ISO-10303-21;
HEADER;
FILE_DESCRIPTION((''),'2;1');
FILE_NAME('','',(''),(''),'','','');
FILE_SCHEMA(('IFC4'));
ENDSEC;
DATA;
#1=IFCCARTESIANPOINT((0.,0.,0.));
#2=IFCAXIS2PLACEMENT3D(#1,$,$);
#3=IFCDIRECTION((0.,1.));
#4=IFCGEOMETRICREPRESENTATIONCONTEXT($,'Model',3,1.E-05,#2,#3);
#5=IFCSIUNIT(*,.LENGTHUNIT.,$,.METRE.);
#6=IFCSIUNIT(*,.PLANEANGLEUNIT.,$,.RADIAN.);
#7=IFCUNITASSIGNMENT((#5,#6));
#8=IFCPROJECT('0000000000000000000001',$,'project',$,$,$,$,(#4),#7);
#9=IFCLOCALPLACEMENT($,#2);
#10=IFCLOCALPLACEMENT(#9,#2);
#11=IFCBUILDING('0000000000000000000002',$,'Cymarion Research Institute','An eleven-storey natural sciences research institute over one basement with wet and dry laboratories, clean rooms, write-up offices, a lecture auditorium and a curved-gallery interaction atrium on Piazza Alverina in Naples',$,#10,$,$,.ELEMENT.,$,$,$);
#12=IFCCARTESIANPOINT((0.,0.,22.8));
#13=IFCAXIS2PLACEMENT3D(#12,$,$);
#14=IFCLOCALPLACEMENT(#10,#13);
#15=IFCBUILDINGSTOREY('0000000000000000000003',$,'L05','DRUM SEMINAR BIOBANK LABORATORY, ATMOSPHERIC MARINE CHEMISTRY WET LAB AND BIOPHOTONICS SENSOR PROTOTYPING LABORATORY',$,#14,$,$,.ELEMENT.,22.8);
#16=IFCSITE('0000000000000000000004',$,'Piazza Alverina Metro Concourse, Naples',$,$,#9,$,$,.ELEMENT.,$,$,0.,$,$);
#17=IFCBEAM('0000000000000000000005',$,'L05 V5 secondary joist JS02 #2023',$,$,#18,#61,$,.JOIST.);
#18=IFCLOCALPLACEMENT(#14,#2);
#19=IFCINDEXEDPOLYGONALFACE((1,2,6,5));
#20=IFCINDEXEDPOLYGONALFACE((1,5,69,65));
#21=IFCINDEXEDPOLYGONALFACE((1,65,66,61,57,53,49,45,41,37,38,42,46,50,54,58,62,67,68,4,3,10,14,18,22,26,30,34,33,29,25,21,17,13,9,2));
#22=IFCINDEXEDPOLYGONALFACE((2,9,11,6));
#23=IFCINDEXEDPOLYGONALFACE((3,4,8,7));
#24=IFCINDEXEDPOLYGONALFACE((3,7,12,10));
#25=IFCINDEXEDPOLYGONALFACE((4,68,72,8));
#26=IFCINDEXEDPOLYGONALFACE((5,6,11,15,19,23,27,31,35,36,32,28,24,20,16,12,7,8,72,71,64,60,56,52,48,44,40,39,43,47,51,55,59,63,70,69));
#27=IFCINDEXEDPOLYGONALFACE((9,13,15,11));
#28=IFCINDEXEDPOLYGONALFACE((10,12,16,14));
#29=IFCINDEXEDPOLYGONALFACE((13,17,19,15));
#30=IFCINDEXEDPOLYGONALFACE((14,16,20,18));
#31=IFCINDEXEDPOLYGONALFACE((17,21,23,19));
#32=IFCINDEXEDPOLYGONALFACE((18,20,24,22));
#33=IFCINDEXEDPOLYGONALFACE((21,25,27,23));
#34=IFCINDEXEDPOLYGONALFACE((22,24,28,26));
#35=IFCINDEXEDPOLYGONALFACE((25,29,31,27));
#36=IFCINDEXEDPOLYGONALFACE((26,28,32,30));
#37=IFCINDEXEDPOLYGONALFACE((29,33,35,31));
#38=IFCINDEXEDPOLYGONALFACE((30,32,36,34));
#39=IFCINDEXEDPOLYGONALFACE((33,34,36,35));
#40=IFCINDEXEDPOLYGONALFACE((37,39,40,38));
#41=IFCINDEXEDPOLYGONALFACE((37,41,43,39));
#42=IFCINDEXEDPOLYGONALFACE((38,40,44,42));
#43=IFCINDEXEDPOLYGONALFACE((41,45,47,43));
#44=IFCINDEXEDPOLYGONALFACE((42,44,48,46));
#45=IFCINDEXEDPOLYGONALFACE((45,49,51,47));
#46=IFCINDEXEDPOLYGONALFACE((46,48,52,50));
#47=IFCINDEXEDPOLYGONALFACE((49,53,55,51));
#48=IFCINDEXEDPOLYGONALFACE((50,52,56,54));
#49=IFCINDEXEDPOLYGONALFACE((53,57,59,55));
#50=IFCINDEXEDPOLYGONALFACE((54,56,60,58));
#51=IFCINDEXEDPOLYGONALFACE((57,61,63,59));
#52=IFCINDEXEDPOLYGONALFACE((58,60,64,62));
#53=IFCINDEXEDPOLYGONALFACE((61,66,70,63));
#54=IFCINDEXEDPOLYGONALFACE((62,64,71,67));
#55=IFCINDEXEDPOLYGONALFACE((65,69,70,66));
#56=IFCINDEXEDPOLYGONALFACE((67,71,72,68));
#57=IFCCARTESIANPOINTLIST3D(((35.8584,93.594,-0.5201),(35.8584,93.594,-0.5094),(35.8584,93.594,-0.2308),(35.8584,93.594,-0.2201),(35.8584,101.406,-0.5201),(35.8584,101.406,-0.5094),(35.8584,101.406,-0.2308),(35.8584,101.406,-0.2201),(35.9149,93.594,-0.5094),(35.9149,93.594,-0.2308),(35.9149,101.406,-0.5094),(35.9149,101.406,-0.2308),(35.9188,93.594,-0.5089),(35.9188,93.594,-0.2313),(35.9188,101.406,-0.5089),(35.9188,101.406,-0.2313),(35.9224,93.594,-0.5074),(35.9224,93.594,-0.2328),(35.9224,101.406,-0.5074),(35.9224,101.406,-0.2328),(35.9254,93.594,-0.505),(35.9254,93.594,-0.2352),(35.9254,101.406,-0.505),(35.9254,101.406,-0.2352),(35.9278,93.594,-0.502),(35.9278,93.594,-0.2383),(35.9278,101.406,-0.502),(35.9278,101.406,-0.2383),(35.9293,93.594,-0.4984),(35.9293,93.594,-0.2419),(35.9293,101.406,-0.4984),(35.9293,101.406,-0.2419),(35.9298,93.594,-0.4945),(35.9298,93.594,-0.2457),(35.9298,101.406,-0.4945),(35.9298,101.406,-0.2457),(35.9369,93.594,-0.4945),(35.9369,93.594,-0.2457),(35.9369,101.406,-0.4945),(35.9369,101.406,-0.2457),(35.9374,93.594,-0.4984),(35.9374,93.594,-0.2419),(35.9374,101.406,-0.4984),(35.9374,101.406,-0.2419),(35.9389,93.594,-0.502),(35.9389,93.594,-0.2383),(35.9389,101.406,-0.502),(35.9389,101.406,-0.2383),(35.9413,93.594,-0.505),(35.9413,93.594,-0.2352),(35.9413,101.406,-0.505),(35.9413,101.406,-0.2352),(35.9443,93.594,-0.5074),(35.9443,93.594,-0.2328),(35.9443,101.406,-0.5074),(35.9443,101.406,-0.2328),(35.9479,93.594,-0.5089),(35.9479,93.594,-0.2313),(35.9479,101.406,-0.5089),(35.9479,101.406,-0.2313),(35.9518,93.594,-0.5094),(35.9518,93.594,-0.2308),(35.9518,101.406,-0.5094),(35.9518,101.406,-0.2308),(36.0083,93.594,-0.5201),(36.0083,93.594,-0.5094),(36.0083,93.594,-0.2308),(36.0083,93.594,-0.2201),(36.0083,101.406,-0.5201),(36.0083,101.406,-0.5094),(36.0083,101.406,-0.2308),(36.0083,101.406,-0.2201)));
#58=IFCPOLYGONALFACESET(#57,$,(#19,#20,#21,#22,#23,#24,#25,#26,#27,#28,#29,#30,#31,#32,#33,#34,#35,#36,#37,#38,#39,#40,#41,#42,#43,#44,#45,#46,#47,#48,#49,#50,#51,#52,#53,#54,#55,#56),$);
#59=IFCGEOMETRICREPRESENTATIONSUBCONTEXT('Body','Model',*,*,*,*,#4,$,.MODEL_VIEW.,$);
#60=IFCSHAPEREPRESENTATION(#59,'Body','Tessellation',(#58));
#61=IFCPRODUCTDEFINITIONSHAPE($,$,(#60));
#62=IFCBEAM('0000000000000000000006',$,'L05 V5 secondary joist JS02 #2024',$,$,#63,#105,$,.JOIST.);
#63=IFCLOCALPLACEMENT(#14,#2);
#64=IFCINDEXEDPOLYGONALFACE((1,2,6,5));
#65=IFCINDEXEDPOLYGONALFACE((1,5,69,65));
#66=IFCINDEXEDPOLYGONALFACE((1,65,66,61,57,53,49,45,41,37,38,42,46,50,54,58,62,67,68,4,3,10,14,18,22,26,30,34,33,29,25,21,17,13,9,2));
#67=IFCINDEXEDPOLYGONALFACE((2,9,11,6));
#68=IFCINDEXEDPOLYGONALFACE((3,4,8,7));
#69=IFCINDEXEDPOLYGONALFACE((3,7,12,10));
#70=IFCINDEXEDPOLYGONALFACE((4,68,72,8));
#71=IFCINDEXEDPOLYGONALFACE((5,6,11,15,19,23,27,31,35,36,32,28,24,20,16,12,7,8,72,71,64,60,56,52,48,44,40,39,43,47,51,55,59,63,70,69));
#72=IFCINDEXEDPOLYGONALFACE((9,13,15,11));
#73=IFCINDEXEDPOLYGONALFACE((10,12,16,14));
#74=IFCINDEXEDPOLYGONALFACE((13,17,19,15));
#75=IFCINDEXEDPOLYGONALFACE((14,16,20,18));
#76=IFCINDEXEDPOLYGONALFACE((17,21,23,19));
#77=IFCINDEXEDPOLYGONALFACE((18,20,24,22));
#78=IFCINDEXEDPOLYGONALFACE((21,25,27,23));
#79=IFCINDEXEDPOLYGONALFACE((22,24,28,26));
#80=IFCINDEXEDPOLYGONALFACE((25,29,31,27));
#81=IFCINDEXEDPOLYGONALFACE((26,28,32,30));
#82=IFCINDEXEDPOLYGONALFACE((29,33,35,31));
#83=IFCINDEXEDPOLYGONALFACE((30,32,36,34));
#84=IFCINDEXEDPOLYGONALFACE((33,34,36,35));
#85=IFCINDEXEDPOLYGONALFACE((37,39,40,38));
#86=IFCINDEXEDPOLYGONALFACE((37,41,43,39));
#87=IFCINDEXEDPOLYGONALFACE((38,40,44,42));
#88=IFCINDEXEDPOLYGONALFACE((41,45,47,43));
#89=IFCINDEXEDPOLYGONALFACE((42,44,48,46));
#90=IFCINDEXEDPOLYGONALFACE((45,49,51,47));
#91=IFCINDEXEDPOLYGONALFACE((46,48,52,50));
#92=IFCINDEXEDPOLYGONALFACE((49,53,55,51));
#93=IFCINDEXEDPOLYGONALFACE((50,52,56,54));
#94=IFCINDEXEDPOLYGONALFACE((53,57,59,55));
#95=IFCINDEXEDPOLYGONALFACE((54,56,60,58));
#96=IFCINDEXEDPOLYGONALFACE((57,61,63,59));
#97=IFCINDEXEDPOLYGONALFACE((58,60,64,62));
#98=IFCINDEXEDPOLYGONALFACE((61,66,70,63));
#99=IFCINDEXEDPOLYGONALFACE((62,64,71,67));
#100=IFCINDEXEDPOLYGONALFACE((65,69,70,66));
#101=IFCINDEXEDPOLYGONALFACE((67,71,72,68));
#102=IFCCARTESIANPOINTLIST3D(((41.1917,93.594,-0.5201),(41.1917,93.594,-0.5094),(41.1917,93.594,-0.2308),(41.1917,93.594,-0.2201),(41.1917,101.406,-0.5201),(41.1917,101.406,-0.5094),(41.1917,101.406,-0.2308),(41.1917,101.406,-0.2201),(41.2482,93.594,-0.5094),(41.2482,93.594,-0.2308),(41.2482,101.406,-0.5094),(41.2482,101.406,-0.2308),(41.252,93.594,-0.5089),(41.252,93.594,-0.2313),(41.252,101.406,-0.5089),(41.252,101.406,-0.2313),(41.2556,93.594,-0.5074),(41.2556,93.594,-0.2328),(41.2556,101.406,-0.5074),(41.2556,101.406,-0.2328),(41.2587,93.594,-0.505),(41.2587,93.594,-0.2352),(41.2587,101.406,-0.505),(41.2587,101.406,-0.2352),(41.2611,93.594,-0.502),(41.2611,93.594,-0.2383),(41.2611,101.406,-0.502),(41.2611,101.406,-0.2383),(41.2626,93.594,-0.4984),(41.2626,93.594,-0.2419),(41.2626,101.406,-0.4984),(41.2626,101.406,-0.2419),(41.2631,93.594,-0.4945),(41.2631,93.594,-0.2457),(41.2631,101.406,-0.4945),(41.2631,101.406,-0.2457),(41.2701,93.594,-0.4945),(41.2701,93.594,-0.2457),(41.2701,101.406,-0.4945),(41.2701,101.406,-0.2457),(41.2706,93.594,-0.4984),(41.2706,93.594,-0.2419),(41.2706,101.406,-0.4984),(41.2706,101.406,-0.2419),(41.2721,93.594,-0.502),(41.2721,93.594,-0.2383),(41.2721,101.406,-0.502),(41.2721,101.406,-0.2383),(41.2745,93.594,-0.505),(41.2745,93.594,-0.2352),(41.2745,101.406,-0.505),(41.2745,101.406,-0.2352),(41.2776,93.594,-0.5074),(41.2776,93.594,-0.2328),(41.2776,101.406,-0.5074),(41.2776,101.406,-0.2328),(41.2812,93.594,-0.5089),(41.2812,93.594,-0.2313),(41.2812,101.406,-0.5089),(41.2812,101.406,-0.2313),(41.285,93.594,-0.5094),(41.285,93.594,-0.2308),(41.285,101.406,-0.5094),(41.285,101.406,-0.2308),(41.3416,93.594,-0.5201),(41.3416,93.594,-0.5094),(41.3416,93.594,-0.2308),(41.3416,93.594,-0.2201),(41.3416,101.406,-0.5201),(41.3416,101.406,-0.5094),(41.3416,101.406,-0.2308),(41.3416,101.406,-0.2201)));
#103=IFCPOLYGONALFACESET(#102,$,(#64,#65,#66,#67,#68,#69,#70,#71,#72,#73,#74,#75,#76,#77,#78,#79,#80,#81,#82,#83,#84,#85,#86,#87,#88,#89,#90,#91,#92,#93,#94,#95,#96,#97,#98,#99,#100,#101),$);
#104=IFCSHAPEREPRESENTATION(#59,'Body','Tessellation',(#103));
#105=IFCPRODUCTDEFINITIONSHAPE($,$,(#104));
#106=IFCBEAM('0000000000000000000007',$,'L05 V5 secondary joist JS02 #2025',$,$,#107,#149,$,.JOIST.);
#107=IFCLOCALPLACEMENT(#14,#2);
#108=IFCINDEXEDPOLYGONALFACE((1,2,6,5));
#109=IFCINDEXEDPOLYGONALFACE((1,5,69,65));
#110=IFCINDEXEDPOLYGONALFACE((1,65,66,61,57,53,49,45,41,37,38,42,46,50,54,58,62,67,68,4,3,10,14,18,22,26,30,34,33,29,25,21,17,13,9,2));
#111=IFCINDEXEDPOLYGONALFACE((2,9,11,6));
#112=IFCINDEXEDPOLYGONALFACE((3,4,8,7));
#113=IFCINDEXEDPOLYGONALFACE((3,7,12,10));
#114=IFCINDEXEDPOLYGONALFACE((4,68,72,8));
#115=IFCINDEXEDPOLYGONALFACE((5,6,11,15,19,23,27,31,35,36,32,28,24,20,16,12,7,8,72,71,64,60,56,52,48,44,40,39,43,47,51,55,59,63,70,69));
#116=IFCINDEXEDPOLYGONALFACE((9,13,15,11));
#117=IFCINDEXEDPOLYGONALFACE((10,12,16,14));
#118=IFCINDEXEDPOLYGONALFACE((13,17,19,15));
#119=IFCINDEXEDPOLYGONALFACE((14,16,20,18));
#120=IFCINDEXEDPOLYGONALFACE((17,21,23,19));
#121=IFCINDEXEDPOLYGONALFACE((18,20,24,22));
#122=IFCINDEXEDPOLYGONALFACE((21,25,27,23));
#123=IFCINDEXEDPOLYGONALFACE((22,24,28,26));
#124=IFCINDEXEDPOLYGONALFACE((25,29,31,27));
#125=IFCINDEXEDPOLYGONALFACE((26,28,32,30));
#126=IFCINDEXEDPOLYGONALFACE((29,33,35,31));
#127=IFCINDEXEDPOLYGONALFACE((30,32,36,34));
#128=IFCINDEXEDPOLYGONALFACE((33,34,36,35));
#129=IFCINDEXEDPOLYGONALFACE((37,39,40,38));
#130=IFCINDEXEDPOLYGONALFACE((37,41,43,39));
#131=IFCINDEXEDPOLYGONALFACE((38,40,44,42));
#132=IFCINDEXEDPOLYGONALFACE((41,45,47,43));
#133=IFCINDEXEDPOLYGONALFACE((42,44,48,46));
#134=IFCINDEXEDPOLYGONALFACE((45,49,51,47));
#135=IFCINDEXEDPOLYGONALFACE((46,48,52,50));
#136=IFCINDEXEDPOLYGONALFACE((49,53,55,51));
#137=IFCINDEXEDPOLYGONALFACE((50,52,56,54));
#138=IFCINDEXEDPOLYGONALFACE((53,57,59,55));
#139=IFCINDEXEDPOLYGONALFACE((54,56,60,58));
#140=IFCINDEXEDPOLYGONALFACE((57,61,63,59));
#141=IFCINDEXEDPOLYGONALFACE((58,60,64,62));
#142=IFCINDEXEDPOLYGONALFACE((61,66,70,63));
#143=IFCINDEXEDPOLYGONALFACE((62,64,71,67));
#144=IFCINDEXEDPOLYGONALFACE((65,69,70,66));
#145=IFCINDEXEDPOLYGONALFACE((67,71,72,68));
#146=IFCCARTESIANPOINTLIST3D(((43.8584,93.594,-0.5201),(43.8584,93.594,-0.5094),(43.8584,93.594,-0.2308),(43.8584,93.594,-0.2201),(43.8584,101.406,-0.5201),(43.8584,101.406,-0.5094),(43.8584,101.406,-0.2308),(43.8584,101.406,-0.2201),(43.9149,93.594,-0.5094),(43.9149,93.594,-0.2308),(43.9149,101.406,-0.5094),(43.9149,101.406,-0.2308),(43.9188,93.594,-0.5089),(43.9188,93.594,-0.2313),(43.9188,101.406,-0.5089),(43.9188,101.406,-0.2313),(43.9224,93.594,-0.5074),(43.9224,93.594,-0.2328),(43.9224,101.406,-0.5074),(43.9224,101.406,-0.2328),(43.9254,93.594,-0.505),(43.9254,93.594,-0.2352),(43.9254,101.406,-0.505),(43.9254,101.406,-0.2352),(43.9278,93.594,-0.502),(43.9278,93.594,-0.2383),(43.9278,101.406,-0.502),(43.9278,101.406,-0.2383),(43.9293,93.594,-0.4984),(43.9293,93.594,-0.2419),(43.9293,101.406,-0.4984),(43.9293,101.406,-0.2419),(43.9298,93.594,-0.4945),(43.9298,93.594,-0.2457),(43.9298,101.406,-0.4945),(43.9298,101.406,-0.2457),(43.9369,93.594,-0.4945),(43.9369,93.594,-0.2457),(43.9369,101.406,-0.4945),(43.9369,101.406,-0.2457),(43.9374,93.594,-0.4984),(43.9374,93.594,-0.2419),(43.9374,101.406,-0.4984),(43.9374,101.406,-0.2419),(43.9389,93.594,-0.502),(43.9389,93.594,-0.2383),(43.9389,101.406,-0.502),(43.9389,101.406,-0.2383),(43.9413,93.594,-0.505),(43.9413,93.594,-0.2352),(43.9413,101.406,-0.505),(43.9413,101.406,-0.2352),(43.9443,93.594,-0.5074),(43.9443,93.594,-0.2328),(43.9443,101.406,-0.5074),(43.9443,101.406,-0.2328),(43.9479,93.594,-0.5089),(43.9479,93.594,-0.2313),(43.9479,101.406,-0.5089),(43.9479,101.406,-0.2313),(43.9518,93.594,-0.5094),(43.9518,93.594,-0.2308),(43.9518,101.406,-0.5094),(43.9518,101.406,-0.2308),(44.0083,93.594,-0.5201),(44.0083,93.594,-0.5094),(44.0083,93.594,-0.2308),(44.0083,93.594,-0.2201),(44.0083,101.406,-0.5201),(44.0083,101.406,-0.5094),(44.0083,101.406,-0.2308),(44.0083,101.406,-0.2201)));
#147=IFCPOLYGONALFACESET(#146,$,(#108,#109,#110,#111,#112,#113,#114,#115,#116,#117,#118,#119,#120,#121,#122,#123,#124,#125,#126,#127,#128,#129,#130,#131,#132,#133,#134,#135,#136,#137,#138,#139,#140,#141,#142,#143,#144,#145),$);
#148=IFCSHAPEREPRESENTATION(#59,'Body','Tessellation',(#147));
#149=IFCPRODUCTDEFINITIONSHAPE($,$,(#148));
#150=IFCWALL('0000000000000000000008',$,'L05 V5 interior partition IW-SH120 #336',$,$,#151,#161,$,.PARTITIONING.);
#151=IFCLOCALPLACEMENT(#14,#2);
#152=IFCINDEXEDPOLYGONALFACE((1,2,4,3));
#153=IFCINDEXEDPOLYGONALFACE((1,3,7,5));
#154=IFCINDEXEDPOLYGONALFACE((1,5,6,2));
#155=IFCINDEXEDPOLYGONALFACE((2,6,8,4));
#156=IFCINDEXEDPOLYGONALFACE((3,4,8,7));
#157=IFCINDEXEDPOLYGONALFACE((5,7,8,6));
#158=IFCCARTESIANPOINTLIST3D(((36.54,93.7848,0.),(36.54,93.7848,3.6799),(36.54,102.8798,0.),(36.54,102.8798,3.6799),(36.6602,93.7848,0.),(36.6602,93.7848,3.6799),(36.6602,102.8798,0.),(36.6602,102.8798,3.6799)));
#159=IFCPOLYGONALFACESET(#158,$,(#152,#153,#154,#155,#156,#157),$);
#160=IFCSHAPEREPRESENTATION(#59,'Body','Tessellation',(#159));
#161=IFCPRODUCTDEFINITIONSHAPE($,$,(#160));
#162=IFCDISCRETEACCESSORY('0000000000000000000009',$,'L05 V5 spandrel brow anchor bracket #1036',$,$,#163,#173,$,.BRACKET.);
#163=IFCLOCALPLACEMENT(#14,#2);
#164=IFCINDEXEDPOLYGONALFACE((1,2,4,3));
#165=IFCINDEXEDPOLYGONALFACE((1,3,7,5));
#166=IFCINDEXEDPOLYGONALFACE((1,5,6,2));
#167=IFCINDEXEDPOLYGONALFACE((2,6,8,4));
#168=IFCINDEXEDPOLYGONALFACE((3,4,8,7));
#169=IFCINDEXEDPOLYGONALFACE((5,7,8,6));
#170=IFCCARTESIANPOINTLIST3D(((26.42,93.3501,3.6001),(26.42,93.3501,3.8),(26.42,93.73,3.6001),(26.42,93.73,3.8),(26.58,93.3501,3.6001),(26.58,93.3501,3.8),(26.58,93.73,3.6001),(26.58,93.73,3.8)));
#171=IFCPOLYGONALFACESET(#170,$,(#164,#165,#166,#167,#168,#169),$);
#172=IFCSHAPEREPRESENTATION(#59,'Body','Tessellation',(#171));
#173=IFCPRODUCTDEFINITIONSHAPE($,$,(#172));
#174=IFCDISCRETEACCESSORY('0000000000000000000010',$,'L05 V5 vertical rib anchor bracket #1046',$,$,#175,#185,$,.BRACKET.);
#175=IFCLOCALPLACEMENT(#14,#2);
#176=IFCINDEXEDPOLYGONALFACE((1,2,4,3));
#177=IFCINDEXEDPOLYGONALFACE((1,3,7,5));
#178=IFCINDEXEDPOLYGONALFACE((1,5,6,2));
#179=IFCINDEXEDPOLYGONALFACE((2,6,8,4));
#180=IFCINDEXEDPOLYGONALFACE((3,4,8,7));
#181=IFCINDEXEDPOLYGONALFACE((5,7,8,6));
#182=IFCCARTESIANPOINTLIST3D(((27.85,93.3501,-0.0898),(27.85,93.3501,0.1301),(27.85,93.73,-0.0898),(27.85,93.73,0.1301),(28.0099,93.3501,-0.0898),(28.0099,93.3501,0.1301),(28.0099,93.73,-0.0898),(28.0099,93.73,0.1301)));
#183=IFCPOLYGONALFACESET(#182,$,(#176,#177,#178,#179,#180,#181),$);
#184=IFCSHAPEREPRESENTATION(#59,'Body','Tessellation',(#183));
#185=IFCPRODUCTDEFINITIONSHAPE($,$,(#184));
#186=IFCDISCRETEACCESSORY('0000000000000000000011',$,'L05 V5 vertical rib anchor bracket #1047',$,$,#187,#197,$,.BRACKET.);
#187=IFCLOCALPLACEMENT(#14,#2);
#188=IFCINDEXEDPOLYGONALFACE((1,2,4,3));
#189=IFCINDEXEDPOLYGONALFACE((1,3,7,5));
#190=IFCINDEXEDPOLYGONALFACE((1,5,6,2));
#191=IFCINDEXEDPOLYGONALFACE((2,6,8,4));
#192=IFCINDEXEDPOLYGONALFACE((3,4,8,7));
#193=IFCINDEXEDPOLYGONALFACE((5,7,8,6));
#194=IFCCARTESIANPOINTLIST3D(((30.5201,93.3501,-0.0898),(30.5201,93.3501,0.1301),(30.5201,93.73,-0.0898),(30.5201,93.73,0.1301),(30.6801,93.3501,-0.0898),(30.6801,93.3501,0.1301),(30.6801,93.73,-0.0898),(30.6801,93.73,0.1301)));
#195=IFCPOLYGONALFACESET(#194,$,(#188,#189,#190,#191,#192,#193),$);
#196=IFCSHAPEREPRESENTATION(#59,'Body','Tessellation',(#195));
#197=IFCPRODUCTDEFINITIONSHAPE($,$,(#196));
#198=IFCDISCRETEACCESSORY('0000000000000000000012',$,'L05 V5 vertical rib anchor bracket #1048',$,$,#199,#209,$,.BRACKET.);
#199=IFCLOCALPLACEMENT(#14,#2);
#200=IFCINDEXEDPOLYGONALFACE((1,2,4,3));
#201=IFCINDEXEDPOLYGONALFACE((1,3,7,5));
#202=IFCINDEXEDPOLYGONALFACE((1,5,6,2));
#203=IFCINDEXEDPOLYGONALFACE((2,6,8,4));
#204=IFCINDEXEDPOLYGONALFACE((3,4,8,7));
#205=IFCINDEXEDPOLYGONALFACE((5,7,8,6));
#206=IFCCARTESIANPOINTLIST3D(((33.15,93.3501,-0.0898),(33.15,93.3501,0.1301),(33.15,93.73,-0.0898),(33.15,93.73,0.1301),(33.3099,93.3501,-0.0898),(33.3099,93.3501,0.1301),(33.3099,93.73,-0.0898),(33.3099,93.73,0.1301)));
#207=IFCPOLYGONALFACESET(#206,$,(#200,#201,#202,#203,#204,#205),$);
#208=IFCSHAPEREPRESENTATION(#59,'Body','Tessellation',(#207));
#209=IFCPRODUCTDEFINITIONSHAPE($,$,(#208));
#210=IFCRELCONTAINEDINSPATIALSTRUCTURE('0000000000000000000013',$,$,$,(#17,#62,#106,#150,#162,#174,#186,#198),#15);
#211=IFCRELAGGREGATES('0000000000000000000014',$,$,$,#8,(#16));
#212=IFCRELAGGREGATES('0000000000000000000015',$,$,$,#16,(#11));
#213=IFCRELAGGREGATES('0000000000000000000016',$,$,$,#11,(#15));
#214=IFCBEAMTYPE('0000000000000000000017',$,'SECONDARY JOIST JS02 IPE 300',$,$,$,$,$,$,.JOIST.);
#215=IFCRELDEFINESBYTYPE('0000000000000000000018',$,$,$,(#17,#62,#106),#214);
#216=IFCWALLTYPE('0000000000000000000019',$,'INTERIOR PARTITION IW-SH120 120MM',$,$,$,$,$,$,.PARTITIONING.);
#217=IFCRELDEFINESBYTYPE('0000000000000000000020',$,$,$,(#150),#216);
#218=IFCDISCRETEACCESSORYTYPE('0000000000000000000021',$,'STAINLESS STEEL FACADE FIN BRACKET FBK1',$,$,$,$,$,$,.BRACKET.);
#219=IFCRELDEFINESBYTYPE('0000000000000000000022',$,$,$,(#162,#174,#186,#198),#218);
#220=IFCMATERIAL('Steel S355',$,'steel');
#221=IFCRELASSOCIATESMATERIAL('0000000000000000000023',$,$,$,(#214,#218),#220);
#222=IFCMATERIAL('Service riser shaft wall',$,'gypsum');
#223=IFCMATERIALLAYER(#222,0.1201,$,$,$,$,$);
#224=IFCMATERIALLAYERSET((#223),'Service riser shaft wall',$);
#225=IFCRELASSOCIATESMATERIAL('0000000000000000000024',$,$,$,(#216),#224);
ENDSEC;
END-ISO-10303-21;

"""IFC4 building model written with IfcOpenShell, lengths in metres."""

from ifc_helpers import new_model, si_unit, direction, frame, frame_2d, origin, origin_2d, place, context, subcontext, project, spatial, rectangle, i_section, extrude, material, layer, layer_set, material_profile, profile_set, type_object, element, save


model = new_model("IFC4")

# Units and contexts
model_context = context("Model", 3, precision=1e-05, world=origin(), true_north=direction((0.0, 1.0)))
body_context = subcontext(model_context, "Body", "Model", "MODEL_VIEW")
ifc_project = project(units=[si_unit("LENGTHUNIT", "METRE"), si_unit("PLANEANGLEUNIT", "RADIAN")], contexts=[model_context])

# Site, building, storey
site_placement = place(None, origin())
site = spatial("IfcSite", under=ifc_project, at=site_placement, Name="Piazza Alverina Metro Concourse, Naples", CompositionType="ELEMENT", RefElevation=0.0)
building_placement = place(site_placement, origin())
building = spatial("IfcBuilding", under=site, at=building_placement, Name="Cymarion Research Institute", Description="An eleven-storey natural sciences research institute over one basement with wet and dry laboratories, clean rooms, write-up offices, a lecture auditorium and a curved-gallery interaction atrium on Piazza Alverina in Naples", CompositionType="ELEMENT")
storey_placement = place(building_placement, frame((0.0, 0.0, 22.8)))
storey = spatial("IfcBuildingStorey", under=building, at=storey_placement, Name="L05", Description="DRUM SEMINAR BIOBANK LABORATORY, ATMOSPHERIC MARINE CHEMISTRY WET LAB AND BIOPHOTONICS SENSOR PROTOTYPING LABORATORY", CompositionType="ELEMENT", Elevation=22.8)

# Shared definitions
ifc_material_1 = material(Name="Steel S355", Category="steel")

# Beams
ifc_material_profile_1 = material_profile(ifc_material_1, i_section(OverallWidth=0.1499, OverallDepth=0.3, WebThickness=0.0071, FlangeThickness=0.0107, FilletRadius=0.0149, at=origin_2d()), Name="IPE 300")
ifc_profile_set_1 = profile_set([ifc_material_profile_1], Name="Steel S355")
beam_type_1 = type_object("IfcBeamType", Name="SECONDARY JOIST JS02 IPE 300", PredefinedType="JOIST", material=ifc_profile_set_1)
for number, where, z_axis, x_axis, name in (
    (1, (35.9333, 93.594, -0.3701), (0.0, 1.0, 0.0), (-1.0, 0.0, 0.0), "L05 V5 secondary joist JS02 #2023"),
    (2, (41.2666, 93.594, -0.3701), (0.0, 1.0, 0.0), (-1.0, 0.0, 0.0), "L05 V5 secondary joist JS02 #2024"),
    (3, (43.9333, 93.594, -0.3701), (0.0, 1.0, 0.0), (-1.0, 0.0, 0.0), "L05 V5 secondary joist JS02 #2025"),
):
    element("IfcBeam", number, at=place(storey_placement, frame(where, z_axis=z_axis, x_axis=x_axis)), inside=storey, type_object=beam_type_1, Name=name, PredefinedType="JOIST", context=body_context, shape_type="SweptSolid", body=[
        extrude(i_section(OverallWidth=0.1499, OverallDepth=0.3, WebThickness=0.0071, FlangeThickness=0.0107, FilletRadius=0.0149, at=origin_2d()), origin(), (0.0, 0.0, 1.0), 7.812),
    ])

# Wall
ifc_material_2 = material(Name="Service riser shaft wall", Category="gypsum")
ifc_layer = layer(ifc_material_2, 0.1201)
ifc_layer_set = layer_set([ifc_layer], Name="Service riser shaft wall")
wall_type = type_object("IfcWallType", Name="INTERIOR PARTITION IW-SH120 120MM", PredefinedType="PARTITIONING", material=ifc_layer_set)
wall_placement = place(storey_placement, frame((36.6001, 93.7849, 0.0), z_axis=(0.0, 0.0, 1.0), x_axis=(0.0, 1.0, 0.0)))
element("IfcWall", 4, at=wall_placement, inside=storey, type_object=wall_type, Name="L05 V5 interior partition IW-SH120 #336", PredefinedType="PARTITIONING", context=body_context, shape_type="SweptSolid", body=[
    extrude(rectangle(XDim=9.095, YDim=0.1201, at=frame_2d((4.5474, 0.0))), origin(), (0.0, 0.0, 1.0), 3.6799),
])

# Discrete accessories
discrete_accessory_type = type_object("IfcDiscreteAccessoryType", Name="STAINLESS STEEL FACADE FIN BRACKET FBK1", PredefinedType="BRACKET", material=ifc_material_1)
discrete_accessory_1_placement = place(storey_placement, frame((26.5, 93.54, 3.6001), z_axis=(0.0, 0.0, 1.0), x_axis=(0.0, -1.0, 0.0)))
element("IfcDiscreteAccessory", 5, at=discrete_accessory_1_placement, inside=storey, type_object=discrete_accessory_type, Name="L05 V5 spandrel brow anchor bracket #1036", PredefinedType="BRACKET", context=body_context, shape_type="SweptSolid", body=[
    extrude(rectangle(XDim=0.3799, YDim=0.1599, at=origin_2d()), origin(), (0.0, 0.0, 1.0), 0.2),
])
for number, where, z_axis, x_axis, name in (
    (6, (27.9299, 93.54, -0.0898), (0.0, 0.0, 1.0), (0.0, -1.0, 0.0), "L05 V5 vertical rib anchor bracket #1046"),
    (7, (30.6001, 93.54, -0.0898), (0.0, 0.0, 1.0), (0.0, -1.0, 0.0), "L05 V5 vertical rib anchor bracket #1047"),
    (8, (33.23, 93.54, -0.0898), (0.0, 0.0, 1.0), (0.0, -1.0, 0.0), "L05 V5 vertical rib anchor bracket #1048"),
):
    element("IfcDiscreteAccessory", number, at=place(storey_placement, frame(where, z_axis=z_axis, x_axis=x_axis)), inside=storey, type_object=discrete_accessory_type, Name=name, PredefinedType="BRACKET", context=body_context, shape_type="SweptSolid", body=[
        extrude(rectangle(XDim=0.3799, YDim=0.1599, at=origin_2d()), origin(), (0.0, 0.0, 1.0), 0.22),
    ])

save(model, "model.ifc")
